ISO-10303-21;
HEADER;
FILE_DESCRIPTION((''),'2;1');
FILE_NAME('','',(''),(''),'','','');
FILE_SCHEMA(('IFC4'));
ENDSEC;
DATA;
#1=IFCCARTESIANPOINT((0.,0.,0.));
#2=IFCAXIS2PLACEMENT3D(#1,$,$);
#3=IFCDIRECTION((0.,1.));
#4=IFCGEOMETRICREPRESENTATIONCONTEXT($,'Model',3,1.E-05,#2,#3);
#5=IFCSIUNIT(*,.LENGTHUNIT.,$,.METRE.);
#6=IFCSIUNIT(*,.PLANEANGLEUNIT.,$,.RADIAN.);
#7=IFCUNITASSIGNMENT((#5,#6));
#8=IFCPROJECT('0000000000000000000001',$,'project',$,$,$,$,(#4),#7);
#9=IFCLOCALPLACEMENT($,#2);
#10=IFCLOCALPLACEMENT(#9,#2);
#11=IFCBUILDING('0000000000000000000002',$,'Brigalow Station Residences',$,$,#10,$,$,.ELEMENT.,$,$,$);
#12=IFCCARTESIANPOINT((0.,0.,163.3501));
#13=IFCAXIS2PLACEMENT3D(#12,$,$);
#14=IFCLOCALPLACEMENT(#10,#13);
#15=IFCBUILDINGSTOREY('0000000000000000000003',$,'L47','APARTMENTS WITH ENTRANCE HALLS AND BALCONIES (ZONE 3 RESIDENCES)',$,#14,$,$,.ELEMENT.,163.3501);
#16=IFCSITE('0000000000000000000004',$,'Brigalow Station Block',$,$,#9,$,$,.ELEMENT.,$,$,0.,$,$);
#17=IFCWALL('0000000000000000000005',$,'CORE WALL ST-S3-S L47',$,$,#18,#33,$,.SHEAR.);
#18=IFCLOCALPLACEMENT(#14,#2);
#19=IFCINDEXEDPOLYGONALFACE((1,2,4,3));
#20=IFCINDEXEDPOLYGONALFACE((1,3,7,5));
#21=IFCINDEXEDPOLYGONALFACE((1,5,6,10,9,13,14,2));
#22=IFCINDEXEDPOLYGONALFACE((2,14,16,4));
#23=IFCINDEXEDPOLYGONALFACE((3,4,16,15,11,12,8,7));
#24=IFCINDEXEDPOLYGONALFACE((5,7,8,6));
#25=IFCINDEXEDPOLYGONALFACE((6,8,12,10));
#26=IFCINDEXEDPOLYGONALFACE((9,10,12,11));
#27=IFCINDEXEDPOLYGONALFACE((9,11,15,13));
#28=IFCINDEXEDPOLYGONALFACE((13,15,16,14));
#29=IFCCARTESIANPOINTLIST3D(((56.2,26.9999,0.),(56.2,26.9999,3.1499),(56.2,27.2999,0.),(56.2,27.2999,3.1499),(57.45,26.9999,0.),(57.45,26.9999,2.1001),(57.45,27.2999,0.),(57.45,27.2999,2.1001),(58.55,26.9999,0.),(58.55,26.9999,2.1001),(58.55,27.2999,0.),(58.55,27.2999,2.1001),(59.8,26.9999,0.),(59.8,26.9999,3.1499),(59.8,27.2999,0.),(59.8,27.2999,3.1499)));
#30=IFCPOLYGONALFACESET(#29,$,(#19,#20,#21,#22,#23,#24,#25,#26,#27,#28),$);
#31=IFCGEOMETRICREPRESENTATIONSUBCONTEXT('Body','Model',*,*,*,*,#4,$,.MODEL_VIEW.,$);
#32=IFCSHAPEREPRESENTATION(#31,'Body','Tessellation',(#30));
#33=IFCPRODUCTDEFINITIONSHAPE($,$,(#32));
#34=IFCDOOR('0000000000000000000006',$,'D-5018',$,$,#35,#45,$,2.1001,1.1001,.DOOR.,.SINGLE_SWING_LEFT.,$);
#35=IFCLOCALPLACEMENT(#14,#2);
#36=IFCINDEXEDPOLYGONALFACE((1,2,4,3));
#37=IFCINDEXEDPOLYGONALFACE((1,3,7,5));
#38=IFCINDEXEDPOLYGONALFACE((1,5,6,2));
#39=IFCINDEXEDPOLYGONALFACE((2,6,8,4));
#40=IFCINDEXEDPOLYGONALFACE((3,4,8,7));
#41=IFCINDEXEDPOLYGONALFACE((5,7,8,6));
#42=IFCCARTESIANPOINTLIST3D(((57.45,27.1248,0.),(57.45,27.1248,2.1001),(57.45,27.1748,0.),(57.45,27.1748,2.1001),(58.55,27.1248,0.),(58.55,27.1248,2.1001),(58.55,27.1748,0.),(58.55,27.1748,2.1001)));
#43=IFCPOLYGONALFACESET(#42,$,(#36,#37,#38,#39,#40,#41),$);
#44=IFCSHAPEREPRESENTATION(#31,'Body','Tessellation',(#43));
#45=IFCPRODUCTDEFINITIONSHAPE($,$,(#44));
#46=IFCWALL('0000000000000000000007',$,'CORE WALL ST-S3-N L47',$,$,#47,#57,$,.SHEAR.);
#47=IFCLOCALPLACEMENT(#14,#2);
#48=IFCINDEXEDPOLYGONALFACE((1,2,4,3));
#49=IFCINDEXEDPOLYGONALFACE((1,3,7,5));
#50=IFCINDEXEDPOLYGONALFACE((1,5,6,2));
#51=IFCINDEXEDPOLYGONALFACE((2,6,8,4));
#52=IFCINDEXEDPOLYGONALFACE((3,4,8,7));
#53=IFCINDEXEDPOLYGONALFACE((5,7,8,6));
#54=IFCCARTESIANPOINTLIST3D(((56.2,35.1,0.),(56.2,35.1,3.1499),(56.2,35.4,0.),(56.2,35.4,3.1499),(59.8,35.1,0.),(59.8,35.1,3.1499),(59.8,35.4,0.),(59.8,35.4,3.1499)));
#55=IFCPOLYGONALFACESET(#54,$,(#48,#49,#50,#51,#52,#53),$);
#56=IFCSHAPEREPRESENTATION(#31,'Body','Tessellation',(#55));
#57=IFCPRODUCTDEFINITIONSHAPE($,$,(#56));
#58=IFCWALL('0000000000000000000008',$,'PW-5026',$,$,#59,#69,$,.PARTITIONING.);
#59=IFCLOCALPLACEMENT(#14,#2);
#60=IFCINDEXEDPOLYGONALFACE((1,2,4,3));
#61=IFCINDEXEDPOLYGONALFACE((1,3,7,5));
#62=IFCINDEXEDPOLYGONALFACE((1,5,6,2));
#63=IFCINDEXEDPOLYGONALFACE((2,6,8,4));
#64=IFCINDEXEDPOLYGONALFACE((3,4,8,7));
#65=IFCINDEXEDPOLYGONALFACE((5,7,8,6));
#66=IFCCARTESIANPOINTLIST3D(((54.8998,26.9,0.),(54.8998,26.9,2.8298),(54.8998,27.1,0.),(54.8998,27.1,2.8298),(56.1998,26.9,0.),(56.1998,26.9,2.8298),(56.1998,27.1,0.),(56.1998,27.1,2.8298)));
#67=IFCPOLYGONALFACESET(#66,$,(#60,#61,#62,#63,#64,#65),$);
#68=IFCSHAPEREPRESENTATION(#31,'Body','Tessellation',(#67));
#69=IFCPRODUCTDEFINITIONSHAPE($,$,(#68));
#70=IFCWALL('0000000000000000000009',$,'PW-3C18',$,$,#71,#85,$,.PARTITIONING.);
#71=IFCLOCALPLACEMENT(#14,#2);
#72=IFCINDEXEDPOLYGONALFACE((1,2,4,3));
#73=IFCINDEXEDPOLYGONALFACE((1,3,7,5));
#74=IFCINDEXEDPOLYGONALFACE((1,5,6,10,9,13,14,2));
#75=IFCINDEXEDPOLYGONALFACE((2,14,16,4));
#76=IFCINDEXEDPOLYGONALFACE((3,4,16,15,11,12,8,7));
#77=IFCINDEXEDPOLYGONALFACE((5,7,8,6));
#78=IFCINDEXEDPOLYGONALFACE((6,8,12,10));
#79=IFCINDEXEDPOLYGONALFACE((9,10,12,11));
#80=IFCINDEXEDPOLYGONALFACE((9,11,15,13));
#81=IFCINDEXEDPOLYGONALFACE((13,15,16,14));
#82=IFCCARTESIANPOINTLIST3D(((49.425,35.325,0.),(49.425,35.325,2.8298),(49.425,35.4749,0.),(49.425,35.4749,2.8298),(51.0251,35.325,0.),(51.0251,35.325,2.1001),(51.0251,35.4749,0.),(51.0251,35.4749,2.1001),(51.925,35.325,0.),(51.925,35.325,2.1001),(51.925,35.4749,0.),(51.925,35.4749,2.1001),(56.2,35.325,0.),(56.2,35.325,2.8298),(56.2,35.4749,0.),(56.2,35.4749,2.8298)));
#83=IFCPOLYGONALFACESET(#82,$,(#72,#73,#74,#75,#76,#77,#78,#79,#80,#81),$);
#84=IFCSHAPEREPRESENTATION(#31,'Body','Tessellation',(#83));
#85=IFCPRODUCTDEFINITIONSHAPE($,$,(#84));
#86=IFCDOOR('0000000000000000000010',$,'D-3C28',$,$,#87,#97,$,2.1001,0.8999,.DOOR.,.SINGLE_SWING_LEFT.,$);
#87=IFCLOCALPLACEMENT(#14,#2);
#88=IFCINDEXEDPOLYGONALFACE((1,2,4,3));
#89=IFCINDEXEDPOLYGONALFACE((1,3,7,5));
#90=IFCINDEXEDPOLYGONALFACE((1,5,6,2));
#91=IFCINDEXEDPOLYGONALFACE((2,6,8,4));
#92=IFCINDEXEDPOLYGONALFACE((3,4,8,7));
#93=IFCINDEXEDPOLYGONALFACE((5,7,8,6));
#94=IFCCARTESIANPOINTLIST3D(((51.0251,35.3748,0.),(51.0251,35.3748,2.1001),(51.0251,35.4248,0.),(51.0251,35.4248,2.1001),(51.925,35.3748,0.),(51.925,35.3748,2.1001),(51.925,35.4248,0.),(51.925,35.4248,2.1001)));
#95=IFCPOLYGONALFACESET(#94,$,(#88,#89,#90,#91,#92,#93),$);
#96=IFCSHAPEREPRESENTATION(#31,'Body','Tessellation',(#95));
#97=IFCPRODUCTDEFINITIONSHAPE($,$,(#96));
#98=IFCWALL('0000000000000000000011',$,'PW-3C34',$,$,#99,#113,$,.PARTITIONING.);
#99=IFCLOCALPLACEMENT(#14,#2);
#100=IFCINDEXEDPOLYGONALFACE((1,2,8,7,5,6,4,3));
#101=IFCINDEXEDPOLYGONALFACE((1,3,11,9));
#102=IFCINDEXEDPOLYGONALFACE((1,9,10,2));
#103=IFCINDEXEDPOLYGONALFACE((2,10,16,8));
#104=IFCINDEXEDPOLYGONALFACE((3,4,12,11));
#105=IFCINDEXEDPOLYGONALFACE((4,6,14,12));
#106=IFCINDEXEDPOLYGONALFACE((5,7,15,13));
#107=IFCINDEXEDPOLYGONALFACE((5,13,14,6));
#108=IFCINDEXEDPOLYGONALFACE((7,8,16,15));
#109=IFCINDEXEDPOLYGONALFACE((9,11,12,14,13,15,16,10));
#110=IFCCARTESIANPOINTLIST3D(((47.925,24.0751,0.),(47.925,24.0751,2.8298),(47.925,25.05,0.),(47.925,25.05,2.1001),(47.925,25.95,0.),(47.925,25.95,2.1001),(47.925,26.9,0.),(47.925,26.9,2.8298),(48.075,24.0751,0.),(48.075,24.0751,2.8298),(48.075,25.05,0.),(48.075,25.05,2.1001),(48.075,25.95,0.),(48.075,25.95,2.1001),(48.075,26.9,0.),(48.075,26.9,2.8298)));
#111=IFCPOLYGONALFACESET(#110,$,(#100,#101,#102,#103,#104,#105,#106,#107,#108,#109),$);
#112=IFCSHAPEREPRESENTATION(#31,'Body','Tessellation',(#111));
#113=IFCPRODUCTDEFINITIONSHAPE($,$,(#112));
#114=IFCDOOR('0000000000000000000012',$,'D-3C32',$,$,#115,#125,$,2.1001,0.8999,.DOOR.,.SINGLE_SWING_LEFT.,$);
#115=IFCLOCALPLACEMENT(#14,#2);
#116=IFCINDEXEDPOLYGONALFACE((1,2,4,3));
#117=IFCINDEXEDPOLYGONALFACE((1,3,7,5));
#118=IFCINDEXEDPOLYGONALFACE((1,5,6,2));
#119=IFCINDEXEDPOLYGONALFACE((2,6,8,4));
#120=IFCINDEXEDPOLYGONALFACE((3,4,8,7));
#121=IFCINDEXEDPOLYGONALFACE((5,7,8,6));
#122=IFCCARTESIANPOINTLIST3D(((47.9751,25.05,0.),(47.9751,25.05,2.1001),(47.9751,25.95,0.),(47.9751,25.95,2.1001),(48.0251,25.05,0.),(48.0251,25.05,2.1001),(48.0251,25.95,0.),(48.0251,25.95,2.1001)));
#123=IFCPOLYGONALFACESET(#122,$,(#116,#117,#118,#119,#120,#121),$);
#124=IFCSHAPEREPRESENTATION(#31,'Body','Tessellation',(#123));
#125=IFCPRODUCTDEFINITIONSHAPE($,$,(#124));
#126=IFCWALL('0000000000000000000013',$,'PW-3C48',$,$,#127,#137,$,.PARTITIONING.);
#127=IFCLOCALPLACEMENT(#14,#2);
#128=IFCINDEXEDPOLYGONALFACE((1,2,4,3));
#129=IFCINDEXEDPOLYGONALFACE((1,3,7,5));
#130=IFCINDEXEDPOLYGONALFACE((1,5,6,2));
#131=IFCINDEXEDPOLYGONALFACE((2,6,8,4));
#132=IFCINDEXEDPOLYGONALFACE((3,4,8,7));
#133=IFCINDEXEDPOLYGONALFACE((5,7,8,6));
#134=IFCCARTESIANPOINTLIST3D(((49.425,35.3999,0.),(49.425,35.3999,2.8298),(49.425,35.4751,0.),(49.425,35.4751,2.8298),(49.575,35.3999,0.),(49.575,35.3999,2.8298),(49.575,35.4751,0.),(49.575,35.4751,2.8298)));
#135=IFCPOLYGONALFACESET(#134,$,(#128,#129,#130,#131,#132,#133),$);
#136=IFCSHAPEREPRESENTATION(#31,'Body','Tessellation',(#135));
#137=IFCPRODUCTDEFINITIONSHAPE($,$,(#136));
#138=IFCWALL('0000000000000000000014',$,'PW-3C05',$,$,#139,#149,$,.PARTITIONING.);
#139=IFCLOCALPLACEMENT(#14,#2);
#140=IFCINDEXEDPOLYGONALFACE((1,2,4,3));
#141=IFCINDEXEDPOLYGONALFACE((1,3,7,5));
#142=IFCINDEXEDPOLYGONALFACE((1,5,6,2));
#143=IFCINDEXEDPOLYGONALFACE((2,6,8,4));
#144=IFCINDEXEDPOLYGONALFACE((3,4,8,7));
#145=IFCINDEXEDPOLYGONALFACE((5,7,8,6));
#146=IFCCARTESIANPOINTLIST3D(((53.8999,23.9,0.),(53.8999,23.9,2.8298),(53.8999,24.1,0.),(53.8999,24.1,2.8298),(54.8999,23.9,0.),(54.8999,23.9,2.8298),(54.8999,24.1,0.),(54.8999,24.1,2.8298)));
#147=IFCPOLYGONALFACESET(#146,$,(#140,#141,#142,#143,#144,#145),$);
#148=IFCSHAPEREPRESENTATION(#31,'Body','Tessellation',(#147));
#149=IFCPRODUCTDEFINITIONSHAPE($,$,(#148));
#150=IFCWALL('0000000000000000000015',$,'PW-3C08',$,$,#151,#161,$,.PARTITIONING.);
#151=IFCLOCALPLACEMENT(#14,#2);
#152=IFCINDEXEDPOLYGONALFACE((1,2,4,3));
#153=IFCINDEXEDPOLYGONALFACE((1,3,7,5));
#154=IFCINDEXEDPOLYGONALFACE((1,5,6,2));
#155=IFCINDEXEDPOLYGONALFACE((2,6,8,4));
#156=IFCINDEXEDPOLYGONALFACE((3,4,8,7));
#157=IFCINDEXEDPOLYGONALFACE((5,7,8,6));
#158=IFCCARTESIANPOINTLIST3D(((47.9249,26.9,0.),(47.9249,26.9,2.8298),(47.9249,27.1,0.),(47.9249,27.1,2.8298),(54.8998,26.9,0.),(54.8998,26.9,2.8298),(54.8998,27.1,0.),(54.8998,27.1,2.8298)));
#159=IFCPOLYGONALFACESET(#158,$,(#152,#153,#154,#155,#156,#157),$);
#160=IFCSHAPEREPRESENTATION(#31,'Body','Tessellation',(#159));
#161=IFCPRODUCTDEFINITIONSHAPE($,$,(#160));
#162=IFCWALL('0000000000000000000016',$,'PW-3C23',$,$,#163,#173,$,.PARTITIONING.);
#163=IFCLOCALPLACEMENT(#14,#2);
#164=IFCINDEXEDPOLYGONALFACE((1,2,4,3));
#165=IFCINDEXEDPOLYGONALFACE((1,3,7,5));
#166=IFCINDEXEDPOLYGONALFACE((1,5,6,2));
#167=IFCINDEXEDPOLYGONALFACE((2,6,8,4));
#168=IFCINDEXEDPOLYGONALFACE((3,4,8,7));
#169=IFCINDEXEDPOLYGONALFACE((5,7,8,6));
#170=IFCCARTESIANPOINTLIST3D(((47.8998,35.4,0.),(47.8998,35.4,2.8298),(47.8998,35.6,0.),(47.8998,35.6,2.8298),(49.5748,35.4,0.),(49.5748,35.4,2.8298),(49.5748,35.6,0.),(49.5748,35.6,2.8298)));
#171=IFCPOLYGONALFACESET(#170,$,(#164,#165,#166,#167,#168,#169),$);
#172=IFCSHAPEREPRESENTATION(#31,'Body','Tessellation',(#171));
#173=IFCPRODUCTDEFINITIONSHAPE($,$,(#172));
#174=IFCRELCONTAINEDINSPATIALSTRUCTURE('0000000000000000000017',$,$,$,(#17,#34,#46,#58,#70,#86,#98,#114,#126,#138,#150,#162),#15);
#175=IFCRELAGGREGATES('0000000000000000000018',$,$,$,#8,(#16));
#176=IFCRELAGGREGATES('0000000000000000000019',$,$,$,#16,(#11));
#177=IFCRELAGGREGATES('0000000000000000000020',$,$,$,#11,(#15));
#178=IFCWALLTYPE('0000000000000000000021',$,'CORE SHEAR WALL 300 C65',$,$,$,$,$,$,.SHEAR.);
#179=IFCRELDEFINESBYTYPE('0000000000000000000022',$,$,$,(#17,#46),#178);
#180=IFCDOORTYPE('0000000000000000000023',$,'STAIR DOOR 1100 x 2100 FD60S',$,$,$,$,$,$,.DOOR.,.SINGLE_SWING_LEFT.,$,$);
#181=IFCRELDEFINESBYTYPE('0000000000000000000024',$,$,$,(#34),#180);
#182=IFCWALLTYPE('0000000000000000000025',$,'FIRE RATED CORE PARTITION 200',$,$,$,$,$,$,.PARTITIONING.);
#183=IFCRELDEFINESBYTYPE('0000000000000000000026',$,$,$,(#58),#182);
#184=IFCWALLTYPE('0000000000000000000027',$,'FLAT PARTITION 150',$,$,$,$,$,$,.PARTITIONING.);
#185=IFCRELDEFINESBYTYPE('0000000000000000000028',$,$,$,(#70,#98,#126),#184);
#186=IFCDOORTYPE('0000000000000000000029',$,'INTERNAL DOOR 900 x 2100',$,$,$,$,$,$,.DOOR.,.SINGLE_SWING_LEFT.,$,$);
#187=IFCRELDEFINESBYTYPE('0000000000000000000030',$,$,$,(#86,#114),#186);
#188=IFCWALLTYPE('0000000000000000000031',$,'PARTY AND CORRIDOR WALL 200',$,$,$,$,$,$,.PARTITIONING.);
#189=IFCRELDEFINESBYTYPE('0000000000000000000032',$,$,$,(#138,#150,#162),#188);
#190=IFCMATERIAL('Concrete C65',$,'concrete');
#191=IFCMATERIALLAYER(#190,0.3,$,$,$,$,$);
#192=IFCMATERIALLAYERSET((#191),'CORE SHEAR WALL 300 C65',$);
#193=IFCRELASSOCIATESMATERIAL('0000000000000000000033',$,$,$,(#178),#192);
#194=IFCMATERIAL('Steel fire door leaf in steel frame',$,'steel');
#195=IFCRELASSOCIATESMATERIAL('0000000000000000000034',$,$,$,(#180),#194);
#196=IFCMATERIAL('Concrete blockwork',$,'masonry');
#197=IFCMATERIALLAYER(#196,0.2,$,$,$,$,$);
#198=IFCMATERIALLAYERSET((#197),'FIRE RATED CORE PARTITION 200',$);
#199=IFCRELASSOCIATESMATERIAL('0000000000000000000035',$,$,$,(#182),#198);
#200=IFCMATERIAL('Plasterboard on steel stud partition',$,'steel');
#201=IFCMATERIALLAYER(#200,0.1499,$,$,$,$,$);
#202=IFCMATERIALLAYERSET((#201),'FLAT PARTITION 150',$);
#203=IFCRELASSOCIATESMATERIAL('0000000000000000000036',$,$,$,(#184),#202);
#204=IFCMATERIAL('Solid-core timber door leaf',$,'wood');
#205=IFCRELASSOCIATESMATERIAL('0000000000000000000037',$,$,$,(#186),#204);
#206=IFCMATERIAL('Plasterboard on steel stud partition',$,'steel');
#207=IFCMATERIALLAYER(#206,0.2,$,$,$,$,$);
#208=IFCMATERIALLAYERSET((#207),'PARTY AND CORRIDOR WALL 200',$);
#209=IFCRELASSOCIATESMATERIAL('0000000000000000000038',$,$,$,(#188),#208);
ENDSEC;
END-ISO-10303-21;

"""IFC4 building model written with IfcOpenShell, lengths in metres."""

from ifc_helpers import new_model, si_unit, direction, frame, frame_2d, origin, place, context, subcontext, project, spatial, rectangle, extrude, material, layer, layer_set, type_object, element, fill, save


model = new_model("IFC4")

# Units and contexts
model_context = context("Model", 3, precision=1e-05, world=origin(), true_north=direction((0.0, 1.0)))
body_context = subcontext(model_context, "Body", "Model", "MODEL_VIEW")
ifc_project = project(units=[si_unit("LENGTHUNIT", "METRE"), si_unit("PLANEANGLEUNIT", "RADIAN")], contexts=[model_context])

# Site, building, storey
site_placement = place(None, origin())
site = spatial("IfcSite", under=ifc_project, at=site_placement, Name="Brigalow Station Block", CompositionType="ELEMENT", RefElevation=0.0)
building_placement = place(site_placement, origin())
building = spatial("IfcBuilding", under=site, at=building_placement, Name="Brigalow Station Residences", CompositionType="ELEMENT")
storey_placement = place(building_placement, frame((0.0, 0.0, 163.3501)))
storey = spatial("IfcBuildingStorey", under=building, at=storey_placement, Name="L47", Description="APARTMENTS WITH ENTRANCE HALLS AND BALCONIES (ZONE 3 RESIDENCES)", CompositionType="ELEMENT", Elevation=163.3501)

# Wall, opening, door
ifc_material_1 = material(Name="Concrete C65", Category="concrete")
ifc_layer_1 = layer(ifc_material_1, 0.3)
ifc_layer_set_1 = layer_set([ifc_layer_1], Name="CORE SHEAR WALL 300 C65")
wall_type_1 = type_object("IfcWallType", Name="CORE SHEAR WALL 300 C65", PredefinedType="SHEAR", material=ifc_layer_set_1)
wall_1_placement = place(storey_placement, frame((56.2, 27.1499, 0.0), z_axis=(0.0, 0.0, 1.0), x_axis=(1.0, 0.0, 0.0)))
wall_1 = element("IfcWall", 1, at=wall_1_placement, inside=storey, type_object=wall_type_1, Name="CORE WALL ST-S3-S L47", PredefinedType="SHEAR", context=body_context, shape_type="SweptSolid", body=[
    extrude(rectangle(XDim=3.6001, YDim=0.3, at=frame_2d((1.8, 0.0))), origin(), (0.0, 0.0, 1.0), 3.1499),
])
opening_1_placement = place(wall_1_placement, frame((1.25, 0.0, 0.0)))
opening_1 = element("IfcOpeningElement", 2, at=opening_1_placement, cuts=wall_1, PredefinedType="OPENING", context=body_context, shape_type="SweptSolid", body=[
    extrude(rectangle(XDim=1.1001, YDim=2.1001, at=frame_2d((0.55, 1.05))), frame((0.0, 0.1602, 0.0), z_axis=(0.0, -1.0, 0.0), x_axis=(1.0, 0.0, 0.0)), (0.0, 0.0, 1.0), 0.3201),
])
ifc_material_2 = material(Name="Steel fire door leaf in steel frame", Category="steel")
door_type_1 = type_object("IfcDoorType", Name="STAIR DOOR 1100 x 2100 FD60S", OperationType="SINGLE_SWING_LEFT", PredefinedType="DOOR", material=ifc_material_2)
door_1_placement = place(opening_1_placement, origin())
door_1 = element("IfcDoor", 3, at=door_1_placement, inside=storey, type_object=door_type_1, Name="D-5018", OperationType="SINGLE_SWING_LEFT", OverallHeight=2.1001, OverallWidth=1.1001, PredefinedType="DOOR", context=body_context, shape_type="SweptSolid", body=[
    extrude(rectangle(XDim=1.1001, YDim=2.1001, at=frame_2d((0.55, 1.05))), frame((0.0, 0.0249, 0.0), z_axis=(0.0, -1.0, 0.0), x_axis=(1.0, 0.0, 0.0)), (0.0, 0.0, 1.0), 0.05),
])
fill(opening_1, door_1)

# Walls
wall_2_placement = place(storey_placement, frame((56.2, 35.25, 0.0), z_axis=(0.0, 0.0, 1.0), x_axis=(1.0, 0.0, 0.0)))
element("IfcWall", 4, at=wall_2_placement, inside=storey, type_object=wall_type_1, Name="CORE WALL ST-S3-N L47", PredefinedType="SHEAR", context=body_context, shape_type="SweptSolid", body=[
    extrude(rectangle(XDim=3.6001, YDim=0.3, at=frame_2d((1.8, 0.0))), origin(), (0.0, 0.0, 1.0), 3.1499),
])
ifc_material_3 = material(Name="Concrete blockwork", Category="masonry")
ifc_layer_2 = layer(ifc_material_3, 0.2)
ifc_layer_set_2 = layer_set([ifc_layer_2], Name="FIRE RATED CORE PARTITION 200")
wall_type_2 = type_object("IfcWallType", Name="FIRE RATED CORE PARTITION 200", PredefinedType="PARTITIONING", material=ifc_layer_set_2)
wall_3_placement = place(storey_placement, frame((54.8999, 27.0, 0.0), z_axis=(0.0, 0.0, 1.0), x_axis=(1.0, 0.0, 0.0)))
element("IfcWall", 5, at=wall_3_placement, inside=storey, type_object=wall_type_2, Name="PW-5026", PredefinedType="PARTITIONING", context=body_context, shape_type="SweptSolid", body=[
    extrude(rectangle(XDim=1.3, YDim=0.2, at=frame_2d((0.6499, 0.0))), origin(), (0.0, 0.0, 1.0), 2.8298),
])

# Walls, openings, doors
ifc_material_4 = material(Name="Plasterboard on steel stud partition", Category="steel")
ifc_layer_3 = layer(ifc_material_4, 0.1499)
ifc_layer_set_3 = layer_set([ifc_layer_3], Name="FLAT PARTITION 150")
wall_type_3 = type_object("IfcWallType", Name="FLAT PARTITION 150", PredefinedType="PARTITIONING", material=ifc_layer_set_3)
wall_4_placement = place(storey_placement, frame((49.425, 35.3999, 0.0), z_axis=(0.0, 0.0, 1.0), x_axis=(1.0, 0.0, 0.0)))
wall_4 = element("IfcWall", 6, at=wall_4_placement, inside=storey, type_object=wall_type_3, Name="PW-3C18", PredefinedType="PARTITIONING", context=body_context, shape_type="SweptSolid", body=[
    extrude(rectangle(XDim=6.7749, YDim=0.1499, at=frame_2d((3.3875, 0.0))), origin(), (0.0, 0.0, 1.0), 2.8298),
])
opening_2_placement = place(wall_4_placement, frame((1.6001, 0.0, 0.0)))
opening_2 = element("IfcOpeningElement", 7, at=opening_2_placement, cuts=wall_4, PredefinedType="OPENING", context=body_context, shape_type="SweptSolid", body=[
    extrude(rectangle(XDim=0.8999, YDim=2.1001, at=frame_2d((0.45, 1.05))), frame((0.0, 0.085, 0.0), z_axis=(0.0, -1.0, 0.0), x_axis=(1.0, 0.0, 0.0)), (0.0, 0.0, 1.0), 0.1699),
])
ifc_material_5 = material(Name="Solid-core timber door leaf", Category="wood")
door_type_2 = type_object("IfcDoorType", Name="INTERNAL DOOR 900 x 2100", OperationType="SINGLE_SWING_LEFT", PredefinedType="DOOR", material=ifc_material_5)
door_2_placement = place(opening_2_placement, origin())
door_2 = element("IfcDoor", 8, at=door_2_placement, inside=storey, type_object=door_type_2, Name="D-3C28", OperationType="SINGLE_SWING_LEFT", OverallHeight=2.1001, OverallWidth=0.8999, PredefinedType="DOOR", context=body_context, shape_type="SweptSolid", body=[
    extrude(rectangle(XDim=0.8999, YDim=2.1001, at=frame_2d((0.45, 1.05))), frame((0.0, 0.0249, 0.0), z_axis=(0.0, -1.0, 0.0), x_axis=(1.0, 0.0, 0.0)), (0.0, 0.0, 1.0), 0.05),
])
fill(opening_2, door_2)
wall_5_placement = place(storey_placement, frame((48.0, 24.075, 0.0), z_axis=(0.0, 0.0, 1.0), x_axis=(0.0, 1.0, 0.0)))
wall_5 = element("IfcWall", 9, at=wall_5_placement, inside=storey, type_object=wall_type_3, Name="PW-3C34", PredefinedType="PARTITIONING", context=body_context, shape_type="SweptSolid", body=[
    extrude(rectangle(XDim=2.825, YDim=0.1499, at=frame_2d((1.4126, 0.0))), origin(), (0.0, 0.0, 1.0), 2.8298),
])
opening_3_placement = place(wall_5_placement, frame((0.9751, 0.0, 0.0)))
opening_3 = element("IfcOpeningElement", 10, at=opening_3_placement, cuts=wall_5, PredefinedType="OPENING", context=body_context, shape_type="SweptSolid", body=[
    extrude(rectangle(XDim=0.8999, YDim=2.1001, at=frame_2d((0.45, 1.05))), frame((0.0, 0.085, 0.0), z_axis=(0.0, -1.0, 0.0), x_axis=(1.0, 0.0, 0.0)), (0.0, 0.0, 1.0), 0.1699),
])
door_3_placement = place(opening_3_placement, origin())
door_3 = element("IfcDoor", 11, at=door_3_placement, inside=storey, type_object=door_type_2, Name="D-3C32", OperationType="SINGLE_SWING_LEFT", OverallHeight=2.1001, OverallWidth=0.8999, PredefinedType="DOOR", context=body_context, shape_type="SweptSolid", body=[
    extrude(rectangle(XDim=0.8999, YDim=2.1001, at=frame_2d((0.45, 1.05))), frame((0.0, 0.0249, 0.0), z_axis=(0.0, -1.0, 0.0), x_axis=(1.0, 0.0, 0.0)), (0.0, 0.0, 1.0), 0.05),
])
fill(opening_3, door_3)

# Walls
wall_6_placement = place(storey_placement, frame((49.5, 35.3999, 0.0), z_axis=(0.0, 0.0, 1.0), x_axis=(0.0, 1.0, 0.0)))
element("IfcWall", 12, at=wall_6_placement, inside=storey, type_object=wall_type_3, Name="PW-3C48", PredefinedType="PARTITIONING", context=body_context, shape_type="SweptSolid", body=[
    extrude(rectangle(XDim=0.0752, YDim=0.1499, at=frame_2d((0.0376, 0.0))), origin(), (0.0, 0.0, 1.0), 2.8298),
])
ifc_material_6 = material(Name="Plasterboard on steel stud partition", Category="steel")
ifc_layer_4 = layer(ifc_material_6, 0.2)
ifc_layer_set_4 = layer_set([ifc_layer_4], Name="PARTY AND CORRIDOR WALL 200")
wall_type_4 = type_object("IfcWallType", Name="PARTY AND CORRIDOR WALL 200", PredefinedType="PARTITIONING", material=ifc_layer_set_4)
wall_7_placement = place(storey_placement, frame((53.8999, 24.0, 0.0), z_axis=(0.0, 0.0, 1.0), x_axis=(1.0, 0.0, 0.0)))
element("IfcWall", 13, at=wall_7_placement, inside=storey, type_object=wall_type_4, Name="PW-3C05", PredefinedType="PARTITIONING", context=body_context, shape_type="SweptSolid", body=[
    extrude(rectangle(XDim=1.0, YDim=0.2, at=frame_2d((0.5, 0.0))), origin(), (0.0, 0.0, 1.0), 2.8298),
])
wall_8_placement = place(storey_placement, frame((47.925, 27.0, 0.0), z_axis=(0.0, 0.0, 1.0), x_axis=(1.0, 0.0, 0.0)))
element("IfcWall", 14, at=wall_8_placement, inside=storey, type_object=wall_type_4, Name="PW-3C08", PredefinedType="PARTITIONING", context=body_context, shape_type="SweptSolid", body=[
    extrude(rectangle(XDim=6.9749, YDim=0.2, at=frame_2d((3.4873, 0.0))), origin(), (0.0, 0.0, 1.0), 2.8298),
])
wall_9_placement = place(storey_placement, frame((47.8999, 35.5, 0.0), z_axis=(0.0, 0.0, 1.0), x_axis=(1.0, 0.0, 0.0)))
element("IfcWall", 15, at=wall_9_placement, inside=storey, type_object=wall_type_4, Name="PW-3C23", PredefinedType="PARTITIONING", context=body_context, shape_type="SweptSolid", body=[
    extrude(rectangle(XDim=1.675, YDim=0.2, at=frame_2d((0.8374, 0.0))), origin(), (0.0, 0.0, 1.0), 2.8298),
])

save(model, "model.ifc")
